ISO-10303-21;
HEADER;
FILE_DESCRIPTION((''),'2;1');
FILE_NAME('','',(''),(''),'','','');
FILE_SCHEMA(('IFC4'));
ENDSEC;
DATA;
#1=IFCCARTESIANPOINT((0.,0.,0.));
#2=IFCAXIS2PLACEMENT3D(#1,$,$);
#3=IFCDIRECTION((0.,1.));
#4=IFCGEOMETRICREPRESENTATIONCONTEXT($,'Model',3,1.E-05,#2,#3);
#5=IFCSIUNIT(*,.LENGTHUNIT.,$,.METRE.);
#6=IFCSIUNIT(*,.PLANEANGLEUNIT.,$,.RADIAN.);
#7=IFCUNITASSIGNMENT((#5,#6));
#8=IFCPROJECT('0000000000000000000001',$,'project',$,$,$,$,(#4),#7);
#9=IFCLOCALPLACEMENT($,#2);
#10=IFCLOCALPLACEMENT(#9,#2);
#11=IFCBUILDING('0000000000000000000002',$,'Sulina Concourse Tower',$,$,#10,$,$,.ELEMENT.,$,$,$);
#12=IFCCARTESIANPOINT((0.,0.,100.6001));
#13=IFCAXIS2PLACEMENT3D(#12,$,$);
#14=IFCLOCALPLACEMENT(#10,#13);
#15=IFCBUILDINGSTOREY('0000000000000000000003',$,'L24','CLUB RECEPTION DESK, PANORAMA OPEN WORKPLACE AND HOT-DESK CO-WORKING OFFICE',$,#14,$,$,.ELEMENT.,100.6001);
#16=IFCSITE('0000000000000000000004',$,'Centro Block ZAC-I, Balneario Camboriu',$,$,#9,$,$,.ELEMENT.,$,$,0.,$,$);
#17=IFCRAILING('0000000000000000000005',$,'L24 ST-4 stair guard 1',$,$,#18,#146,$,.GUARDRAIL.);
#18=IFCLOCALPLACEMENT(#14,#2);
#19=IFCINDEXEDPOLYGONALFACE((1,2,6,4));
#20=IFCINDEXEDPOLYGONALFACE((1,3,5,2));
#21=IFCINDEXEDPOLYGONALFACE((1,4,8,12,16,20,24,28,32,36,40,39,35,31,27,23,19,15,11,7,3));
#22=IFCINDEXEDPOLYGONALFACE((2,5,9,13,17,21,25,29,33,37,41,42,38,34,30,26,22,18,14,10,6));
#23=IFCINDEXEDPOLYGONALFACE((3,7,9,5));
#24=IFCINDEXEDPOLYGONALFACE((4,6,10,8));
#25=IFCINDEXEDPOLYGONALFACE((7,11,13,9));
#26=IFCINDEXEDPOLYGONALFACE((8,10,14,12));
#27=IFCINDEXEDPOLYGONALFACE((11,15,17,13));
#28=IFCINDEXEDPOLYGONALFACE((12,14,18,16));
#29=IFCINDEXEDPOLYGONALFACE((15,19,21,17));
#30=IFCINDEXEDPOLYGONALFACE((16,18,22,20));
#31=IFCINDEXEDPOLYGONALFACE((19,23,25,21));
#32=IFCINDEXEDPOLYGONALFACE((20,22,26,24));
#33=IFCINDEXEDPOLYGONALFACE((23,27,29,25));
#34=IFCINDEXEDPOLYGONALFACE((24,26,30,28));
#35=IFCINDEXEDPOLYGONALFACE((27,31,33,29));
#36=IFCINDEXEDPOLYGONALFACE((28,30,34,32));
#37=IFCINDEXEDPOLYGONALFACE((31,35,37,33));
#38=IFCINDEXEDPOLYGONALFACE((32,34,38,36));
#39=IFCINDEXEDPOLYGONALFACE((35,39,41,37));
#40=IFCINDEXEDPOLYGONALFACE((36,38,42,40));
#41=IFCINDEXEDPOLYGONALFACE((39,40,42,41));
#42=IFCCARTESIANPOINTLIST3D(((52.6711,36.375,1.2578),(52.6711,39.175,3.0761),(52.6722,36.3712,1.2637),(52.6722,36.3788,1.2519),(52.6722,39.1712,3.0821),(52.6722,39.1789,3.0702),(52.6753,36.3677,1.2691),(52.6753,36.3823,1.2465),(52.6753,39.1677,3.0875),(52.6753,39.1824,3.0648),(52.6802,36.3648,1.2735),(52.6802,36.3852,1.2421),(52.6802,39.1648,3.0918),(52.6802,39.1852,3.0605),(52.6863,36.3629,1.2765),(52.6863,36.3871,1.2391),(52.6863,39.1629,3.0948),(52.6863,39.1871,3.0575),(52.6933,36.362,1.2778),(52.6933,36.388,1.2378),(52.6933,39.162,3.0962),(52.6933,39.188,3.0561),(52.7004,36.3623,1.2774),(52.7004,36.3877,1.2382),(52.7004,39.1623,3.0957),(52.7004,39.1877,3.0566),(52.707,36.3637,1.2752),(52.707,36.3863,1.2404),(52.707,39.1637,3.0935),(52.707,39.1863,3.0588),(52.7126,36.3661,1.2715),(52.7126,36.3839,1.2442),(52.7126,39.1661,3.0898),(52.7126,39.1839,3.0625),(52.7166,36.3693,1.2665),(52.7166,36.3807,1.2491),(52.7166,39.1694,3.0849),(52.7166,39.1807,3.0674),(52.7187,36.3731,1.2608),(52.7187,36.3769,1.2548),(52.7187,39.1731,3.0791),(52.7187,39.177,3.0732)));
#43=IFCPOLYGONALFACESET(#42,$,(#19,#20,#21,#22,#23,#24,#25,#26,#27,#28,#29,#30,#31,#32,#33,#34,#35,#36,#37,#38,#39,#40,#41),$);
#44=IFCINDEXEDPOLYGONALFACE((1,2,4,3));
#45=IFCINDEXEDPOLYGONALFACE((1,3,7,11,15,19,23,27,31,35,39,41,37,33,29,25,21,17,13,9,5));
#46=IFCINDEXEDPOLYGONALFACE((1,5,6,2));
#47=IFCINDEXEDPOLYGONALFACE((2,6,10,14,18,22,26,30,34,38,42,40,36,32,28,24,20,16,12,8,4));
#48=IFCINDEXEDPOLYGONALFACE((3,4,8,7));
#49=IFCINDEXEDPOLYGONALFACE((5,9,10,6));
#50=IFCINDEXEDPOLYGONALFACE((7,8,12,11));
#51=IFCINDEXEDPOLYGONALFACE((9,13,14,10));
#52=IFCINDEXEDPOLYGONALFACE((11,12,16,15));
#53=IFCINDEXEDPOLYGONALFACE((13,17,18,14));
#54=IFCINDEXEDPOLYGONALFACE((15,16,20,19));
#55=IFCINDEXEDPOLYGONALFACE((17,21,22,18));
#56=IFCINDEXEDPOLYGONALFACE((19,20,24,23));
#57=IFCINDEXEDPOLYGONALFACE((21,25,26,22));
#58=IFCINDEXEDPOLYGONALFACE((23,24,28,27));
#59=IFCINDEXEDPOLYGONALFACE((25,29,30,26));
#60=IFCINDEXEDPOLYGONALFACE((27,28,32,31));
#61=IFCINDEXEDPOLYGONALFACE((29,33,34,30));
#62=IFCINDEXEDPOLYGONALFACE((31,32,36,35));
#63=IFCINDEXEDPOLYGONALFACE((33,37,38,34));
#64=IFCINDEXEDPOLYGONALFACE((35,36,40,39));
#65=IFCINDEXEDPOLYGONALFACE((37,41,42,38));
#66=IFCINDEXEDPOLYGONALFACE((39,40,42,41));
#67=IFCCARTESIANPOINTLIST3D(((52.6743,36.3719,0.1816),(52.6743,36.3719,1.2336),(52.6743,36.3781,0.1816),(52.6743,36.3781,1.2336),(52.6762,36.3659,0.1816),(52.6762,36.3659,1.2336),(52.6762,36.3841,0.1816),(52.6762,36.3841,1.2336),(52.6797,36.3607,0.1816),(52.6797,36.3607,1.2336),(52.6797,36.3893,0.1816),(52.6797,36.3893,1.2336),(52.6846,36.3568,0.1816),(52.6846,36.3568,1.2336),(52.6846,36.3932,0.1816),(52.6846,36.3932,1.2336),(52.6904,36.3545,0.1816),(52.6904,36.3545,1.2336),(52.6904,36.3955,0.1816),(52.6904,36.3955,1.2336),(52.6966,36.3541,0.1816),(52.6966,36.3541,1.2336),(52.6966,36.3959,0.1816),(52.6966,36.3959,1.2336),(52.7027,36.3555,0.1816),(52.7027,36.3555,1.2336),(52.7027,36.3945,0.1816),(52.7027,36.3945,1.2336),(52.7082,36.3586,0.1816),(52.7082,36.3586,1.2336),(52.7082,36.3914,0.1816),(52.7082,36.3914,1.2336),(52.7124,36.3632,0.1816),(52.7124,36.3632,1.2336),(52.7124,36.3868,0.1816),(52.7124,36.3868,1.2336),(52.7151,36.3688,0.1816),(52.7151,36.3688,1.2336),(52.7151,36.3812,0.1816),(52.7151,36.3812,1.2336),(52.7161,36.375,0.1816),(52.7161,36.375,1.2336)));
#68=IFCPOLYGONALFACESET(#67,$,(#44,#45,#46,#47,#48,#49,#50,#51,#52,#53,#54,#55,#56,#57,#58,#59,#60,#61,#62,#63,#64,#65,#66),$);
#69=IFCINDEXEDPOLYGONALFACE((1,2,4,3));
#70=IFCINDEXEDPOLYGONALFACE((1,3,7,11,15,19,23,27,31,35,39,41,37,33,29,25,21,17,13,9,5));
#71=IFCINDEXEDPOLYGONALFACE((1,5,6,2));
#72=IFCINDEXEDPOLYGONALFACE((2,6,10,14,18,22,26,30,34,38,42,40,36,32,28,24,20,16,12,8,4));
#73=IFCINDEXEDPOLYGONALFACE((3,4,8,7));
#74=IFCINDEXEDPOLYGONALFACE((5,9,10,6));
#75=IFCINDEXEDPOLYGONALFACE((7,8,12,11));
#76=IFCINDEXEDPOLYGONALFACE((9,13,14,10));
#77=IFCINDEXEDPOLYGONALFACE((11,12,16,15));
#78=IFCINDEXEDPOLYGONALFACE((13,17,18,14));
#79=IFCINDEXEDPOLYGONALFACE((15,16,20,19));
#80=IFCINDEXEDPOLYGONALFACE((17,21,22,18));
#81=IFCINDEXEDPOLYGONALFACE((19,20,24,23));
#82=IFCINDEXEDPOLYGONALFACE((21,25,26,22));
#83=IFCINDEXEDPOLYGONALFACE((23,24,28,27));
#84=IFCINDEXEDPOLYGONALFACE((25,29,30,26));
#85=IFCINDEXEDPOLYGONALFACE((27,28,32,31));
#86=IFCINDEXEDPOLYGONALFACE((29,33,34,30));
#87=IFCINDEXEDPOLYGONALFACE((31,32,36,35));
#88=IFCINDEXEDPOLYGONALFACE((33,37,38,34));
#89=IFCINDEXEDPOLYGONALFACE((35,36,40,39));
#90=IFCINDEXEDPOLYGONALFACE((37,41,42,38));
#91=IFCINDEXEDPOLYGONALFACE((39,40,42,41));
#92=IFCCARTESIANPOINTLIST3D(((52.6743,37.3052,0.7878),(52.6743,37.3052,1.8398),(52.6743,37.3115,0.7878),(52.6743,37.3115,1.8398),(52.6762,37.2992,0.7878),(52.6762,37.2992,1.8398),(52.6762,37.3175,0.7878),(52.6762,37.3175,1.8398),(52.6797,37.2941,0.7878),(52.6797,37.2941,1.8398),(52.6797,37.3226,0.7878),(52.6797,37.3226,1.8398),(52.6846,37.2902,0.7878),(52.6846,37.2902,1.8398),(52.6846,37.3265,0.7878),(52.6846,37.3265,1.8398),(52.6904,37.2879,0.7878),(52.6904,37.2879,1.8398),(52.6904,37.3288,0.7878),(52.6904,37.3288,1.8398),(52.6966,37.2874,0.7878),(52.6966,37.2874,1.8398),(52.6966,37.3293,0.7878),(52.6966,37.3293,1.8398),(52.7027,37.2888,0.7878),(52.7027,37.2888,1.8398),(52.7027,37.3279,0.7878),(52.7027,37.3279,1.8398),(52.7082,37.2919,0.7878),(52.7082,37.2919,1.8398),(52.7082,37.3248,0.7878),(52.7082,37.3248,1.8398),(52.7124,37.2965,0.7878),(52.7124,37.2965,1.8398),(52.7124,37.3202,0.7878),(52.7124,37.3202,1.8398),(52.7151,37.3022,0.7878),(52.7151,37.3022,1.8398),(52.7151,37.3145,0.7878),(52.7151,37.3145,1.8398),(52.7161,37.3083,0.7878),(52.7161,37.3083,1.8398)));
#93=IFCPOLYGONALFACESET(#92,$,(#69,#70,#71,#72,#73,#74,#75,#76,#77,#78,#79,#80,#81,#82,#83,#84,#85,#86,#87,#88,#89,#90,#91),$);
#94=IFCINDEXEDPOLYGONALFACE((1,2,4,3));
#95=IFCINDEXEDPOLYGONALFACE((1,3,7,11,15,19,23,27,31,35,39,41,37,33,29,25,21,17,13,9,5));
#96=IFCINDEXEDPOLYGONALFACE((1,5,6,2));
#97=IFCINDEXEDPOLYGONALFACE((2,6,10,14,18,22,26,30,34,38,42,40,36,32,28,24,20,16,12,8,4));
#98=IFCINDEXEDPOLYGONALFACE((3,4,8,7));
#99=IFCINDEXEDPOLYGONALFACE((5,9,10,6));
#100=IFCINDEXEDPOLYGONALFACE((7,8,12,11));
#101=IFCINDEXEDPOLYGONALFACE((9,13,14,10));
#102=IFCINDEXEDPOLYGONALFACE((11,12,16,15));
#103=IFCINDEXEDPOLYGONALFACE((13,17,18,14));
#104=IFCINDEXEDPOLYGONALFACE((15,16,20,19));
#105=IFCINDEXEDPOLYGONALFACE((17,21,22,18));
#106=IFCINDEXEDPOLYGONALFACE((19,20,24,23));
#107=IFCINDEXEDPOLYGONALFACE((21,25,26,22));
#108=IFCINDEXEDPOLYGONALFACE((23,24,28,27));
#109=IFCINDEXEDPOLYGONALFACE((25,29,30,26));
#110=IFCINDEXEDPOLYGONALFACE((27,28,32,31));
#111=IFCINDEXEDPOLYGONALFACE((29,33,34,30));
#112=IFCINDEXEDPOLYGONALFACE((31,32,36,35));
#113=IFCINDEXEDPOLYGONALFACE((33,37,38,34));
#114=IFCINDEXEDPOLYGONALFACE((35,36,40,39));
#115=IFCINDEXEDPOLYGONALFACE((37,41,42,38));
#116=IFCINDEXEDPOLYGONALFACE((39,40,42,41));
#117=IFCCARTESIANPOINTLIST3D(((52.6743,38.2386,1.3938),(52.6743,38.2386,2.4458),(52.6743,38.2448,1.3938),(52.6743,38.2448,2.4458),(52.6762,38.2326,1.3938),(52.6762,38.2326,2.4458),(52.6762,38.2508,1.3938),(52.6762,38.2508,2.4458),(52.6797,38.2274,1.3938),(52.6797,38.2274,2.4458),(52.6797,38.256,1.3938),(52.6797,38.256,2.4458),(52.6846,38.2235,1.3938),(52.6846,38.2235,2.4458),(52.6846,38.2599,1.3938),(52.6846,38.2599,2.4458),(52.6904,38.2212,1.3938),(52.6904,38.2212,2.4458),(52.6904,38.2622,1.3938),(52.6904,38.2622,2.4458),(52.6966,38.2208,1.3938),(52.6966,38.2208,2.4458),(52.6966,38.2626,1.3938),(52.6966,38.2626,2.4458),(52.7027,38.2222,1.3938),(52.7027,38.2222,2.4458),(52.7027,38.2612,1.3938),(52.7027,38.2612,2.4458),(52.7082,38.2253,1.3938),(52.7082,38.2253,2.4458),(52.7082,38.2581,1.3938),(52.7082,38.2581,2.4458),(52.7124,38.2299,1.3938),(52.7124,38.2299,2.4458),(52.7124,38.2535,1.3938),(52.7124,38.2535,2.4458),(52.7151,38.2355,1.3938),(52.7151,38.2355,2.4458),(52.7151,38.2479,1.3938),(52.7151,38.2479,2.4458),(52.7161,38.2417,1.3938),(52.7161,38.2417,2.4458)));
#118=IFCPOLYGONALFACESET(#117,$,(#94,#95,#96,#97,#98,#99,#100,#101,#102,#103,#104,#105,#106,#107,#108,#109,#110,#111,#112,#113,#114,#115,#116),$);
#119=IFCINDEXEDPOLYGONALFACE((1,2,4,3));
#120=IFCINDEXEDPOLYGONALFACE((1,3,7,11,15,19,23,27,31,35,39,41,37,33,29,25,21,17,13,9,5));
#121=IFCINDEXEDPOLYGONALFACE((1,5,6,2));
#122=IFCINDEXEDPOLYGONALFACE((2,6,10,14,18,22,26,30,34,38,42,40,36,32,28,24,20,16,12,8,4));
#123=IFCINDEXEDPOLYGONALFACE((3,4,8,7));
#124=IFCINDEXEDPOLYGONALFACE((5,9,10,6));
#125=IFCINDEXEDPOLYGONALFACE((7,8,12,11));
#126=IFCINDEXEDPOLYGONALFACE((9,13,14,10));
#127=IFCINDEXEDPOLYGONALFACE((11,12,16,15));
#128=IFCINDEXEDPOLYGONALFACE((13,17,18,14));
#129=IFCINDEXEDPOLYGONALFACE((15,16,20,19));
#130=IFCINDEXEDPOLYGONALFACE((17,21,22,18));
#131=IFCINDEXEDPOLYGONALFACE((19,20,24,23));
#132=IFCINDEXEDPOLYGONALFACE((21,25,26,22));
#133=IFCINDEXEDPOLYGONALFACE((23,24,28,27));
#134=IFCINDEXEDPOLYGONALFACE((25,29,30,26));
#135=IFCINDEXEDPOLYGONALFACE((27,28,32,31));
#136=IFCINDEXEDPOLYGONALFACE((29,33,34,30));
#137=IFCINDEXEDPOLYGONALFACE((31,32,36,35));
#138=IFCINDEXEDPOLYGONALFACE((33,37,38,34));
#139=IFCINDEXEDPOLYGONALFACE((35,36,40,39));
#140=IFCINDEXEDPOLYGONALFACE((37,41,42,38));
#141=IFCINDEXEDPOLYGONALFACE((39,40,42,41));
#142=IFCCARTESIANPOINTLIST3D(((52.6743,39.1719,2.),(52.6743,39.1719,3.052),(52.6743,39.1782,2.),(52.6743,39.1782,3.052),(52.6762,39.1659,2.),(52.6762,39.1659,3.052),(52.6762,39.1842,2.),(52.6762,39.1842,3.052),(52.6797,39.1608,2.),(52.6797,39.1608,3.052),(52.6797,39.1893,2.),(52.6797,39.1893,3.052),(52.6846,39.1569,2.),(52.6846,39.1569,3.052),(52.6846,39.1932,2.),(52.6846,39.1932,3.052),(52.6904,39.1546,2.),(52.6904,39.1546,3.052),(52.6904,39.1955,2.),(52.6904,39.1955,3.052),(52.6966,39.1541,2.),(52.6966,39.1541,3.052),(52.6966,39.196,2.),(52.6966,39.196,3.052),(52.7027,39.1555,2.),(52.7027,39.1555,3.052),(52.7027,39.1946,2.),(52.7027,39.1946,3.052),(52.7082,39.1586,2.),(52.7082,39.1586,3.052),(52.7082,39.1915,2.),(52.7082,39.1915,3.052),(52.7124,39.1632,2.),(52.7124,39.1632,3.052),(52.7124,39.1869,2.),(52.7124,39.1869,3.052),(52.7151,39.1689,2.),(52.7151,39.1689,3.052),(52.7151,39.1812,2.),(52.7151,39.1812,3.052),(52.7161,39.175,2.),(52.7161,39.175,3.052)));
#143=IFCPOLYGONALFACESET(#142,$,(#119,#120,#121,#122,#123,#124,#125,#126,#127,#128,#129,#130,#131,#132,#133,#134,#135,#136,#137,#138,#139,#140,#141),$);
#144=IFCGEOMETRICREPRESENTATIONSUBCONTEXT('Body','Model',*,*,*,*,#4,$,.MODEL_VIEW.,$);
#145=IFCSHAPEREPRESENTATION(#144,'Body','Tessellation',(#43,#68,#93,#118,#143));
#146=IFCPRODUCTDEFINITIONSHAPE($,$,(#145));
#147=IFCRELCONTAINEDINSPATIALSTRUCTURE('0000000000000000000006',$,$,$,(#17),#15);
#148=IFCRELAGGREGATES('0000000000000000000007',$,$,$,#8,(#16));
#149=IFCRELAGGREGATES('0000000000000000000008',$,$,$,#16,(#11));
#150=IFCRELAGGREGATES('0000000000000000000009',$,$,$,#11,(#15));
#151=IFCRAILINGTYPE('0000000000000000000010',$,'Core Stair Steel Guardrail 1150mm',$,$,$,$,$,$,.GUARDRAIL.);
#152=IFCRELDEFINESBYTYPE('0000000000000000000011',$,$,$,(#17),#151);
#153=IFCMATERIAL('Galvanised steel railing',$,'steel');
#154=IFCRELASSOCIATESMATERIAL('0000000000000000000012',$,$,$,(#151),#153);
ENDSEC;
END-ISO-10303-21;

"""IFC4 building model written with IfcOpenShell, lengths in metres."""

from ifc_helpers import new_model, si_unit, direction, frame, origin, origin_2d, place, context, subcontext, project, spatial, circle, extrude, material, type_object, element, save


model = new_model("IFC4")

# Units and contexts
model_context = context("Model", 3, precision=1e-05, world=origin(), true_north=direction((0.0, 1.0)))
body_context = subcontext(model_context, "Body", "Model", "MODEL_VIEW")
ifc_project = project(units=[si_unit("LENGTHUNIT", "METRE"), si_unit("PLANEANGLEUNIT", "RADIAN")], contexts=[model_context])

# Site, building, storey
site_placement = place(None, origin())
site = spatial("IfcSite", under=ifc_project, at=site_placement, Name="Centro Block ZAC-I, Balneario Camboriu", CompositionType="ELEMENT", RefElevation=0.0)
building_placement = place(site_placement, origin())
building = spatial("IfcBuilding", under=site, at=building_placement, Name="Sulina Concourse Tower", CompositionType="ELEMENT")
storey_placement = place(building_placement, frame((0.0, 0.0, 100.6001)))
storey = spatial("IfcBuildingStorey", under=building, at=storey_placement, Name="L24", Description="CLUB RECEPTION DESK, PANORAMA OPEN WORKPLACE AND HOT-DESK CO-WORKING OFFICE", CompositionType="ELEMENT", Elevation=100.6001)

# Railing
ifc_material_1 = material(Name="Galvanised steel railing", Category="steel")
railing_type_1 = type_object("IfcRailingType", Name="Core Stair Steel Guardrail 1150mm", PredefinedType="GUARDRAIL", material=ifc_material_1)
railing_1_placement = place(storey_placement, frame((52.6951, 36.375, 0.1816)))
element("IfcRailing", 1, at=railing_1_placement, inside=storey, type_object=railing_type_1, Name="L24 ST-4 stair guard 1", PredefinedType="GUARDRAIL", context=body_context, shape_type="SweptSolid", body=[
    extrude(circle(Radius=0.0239, at=origin_2d()), frame((0.0, 0.0, 1.0762), z_axis=(0.0, 0.838672, 0.544636), x_axis=(-1.0, 0.0, 0.0)), (0.0, 0.0, 1.0), 3.3386),
    extrude(circle(Radius=0.021, at=origin_2d()), origin(), (0.0, 0.0, 1.0), 1.052),
    extrude(circle(Radius=0.021, at=origin_2d()), frame((0.0, 0.9333, 0.6062)), (0.0, 0.0, 1.0), 1.052),
    extrude(circle(Radius=0.021, at=origin_2d()), frame((0.0, 1.8667, 1.2122)), (0.0, 0.0, 1.0), 1.052),
    extrude(circle(Radius=0.021, at=origin_2d()), frame((0.0, 2.8, 1.8184)), (0.0, 0.0, 1.0), 1.052),
])

save(model, "model.ifc")
